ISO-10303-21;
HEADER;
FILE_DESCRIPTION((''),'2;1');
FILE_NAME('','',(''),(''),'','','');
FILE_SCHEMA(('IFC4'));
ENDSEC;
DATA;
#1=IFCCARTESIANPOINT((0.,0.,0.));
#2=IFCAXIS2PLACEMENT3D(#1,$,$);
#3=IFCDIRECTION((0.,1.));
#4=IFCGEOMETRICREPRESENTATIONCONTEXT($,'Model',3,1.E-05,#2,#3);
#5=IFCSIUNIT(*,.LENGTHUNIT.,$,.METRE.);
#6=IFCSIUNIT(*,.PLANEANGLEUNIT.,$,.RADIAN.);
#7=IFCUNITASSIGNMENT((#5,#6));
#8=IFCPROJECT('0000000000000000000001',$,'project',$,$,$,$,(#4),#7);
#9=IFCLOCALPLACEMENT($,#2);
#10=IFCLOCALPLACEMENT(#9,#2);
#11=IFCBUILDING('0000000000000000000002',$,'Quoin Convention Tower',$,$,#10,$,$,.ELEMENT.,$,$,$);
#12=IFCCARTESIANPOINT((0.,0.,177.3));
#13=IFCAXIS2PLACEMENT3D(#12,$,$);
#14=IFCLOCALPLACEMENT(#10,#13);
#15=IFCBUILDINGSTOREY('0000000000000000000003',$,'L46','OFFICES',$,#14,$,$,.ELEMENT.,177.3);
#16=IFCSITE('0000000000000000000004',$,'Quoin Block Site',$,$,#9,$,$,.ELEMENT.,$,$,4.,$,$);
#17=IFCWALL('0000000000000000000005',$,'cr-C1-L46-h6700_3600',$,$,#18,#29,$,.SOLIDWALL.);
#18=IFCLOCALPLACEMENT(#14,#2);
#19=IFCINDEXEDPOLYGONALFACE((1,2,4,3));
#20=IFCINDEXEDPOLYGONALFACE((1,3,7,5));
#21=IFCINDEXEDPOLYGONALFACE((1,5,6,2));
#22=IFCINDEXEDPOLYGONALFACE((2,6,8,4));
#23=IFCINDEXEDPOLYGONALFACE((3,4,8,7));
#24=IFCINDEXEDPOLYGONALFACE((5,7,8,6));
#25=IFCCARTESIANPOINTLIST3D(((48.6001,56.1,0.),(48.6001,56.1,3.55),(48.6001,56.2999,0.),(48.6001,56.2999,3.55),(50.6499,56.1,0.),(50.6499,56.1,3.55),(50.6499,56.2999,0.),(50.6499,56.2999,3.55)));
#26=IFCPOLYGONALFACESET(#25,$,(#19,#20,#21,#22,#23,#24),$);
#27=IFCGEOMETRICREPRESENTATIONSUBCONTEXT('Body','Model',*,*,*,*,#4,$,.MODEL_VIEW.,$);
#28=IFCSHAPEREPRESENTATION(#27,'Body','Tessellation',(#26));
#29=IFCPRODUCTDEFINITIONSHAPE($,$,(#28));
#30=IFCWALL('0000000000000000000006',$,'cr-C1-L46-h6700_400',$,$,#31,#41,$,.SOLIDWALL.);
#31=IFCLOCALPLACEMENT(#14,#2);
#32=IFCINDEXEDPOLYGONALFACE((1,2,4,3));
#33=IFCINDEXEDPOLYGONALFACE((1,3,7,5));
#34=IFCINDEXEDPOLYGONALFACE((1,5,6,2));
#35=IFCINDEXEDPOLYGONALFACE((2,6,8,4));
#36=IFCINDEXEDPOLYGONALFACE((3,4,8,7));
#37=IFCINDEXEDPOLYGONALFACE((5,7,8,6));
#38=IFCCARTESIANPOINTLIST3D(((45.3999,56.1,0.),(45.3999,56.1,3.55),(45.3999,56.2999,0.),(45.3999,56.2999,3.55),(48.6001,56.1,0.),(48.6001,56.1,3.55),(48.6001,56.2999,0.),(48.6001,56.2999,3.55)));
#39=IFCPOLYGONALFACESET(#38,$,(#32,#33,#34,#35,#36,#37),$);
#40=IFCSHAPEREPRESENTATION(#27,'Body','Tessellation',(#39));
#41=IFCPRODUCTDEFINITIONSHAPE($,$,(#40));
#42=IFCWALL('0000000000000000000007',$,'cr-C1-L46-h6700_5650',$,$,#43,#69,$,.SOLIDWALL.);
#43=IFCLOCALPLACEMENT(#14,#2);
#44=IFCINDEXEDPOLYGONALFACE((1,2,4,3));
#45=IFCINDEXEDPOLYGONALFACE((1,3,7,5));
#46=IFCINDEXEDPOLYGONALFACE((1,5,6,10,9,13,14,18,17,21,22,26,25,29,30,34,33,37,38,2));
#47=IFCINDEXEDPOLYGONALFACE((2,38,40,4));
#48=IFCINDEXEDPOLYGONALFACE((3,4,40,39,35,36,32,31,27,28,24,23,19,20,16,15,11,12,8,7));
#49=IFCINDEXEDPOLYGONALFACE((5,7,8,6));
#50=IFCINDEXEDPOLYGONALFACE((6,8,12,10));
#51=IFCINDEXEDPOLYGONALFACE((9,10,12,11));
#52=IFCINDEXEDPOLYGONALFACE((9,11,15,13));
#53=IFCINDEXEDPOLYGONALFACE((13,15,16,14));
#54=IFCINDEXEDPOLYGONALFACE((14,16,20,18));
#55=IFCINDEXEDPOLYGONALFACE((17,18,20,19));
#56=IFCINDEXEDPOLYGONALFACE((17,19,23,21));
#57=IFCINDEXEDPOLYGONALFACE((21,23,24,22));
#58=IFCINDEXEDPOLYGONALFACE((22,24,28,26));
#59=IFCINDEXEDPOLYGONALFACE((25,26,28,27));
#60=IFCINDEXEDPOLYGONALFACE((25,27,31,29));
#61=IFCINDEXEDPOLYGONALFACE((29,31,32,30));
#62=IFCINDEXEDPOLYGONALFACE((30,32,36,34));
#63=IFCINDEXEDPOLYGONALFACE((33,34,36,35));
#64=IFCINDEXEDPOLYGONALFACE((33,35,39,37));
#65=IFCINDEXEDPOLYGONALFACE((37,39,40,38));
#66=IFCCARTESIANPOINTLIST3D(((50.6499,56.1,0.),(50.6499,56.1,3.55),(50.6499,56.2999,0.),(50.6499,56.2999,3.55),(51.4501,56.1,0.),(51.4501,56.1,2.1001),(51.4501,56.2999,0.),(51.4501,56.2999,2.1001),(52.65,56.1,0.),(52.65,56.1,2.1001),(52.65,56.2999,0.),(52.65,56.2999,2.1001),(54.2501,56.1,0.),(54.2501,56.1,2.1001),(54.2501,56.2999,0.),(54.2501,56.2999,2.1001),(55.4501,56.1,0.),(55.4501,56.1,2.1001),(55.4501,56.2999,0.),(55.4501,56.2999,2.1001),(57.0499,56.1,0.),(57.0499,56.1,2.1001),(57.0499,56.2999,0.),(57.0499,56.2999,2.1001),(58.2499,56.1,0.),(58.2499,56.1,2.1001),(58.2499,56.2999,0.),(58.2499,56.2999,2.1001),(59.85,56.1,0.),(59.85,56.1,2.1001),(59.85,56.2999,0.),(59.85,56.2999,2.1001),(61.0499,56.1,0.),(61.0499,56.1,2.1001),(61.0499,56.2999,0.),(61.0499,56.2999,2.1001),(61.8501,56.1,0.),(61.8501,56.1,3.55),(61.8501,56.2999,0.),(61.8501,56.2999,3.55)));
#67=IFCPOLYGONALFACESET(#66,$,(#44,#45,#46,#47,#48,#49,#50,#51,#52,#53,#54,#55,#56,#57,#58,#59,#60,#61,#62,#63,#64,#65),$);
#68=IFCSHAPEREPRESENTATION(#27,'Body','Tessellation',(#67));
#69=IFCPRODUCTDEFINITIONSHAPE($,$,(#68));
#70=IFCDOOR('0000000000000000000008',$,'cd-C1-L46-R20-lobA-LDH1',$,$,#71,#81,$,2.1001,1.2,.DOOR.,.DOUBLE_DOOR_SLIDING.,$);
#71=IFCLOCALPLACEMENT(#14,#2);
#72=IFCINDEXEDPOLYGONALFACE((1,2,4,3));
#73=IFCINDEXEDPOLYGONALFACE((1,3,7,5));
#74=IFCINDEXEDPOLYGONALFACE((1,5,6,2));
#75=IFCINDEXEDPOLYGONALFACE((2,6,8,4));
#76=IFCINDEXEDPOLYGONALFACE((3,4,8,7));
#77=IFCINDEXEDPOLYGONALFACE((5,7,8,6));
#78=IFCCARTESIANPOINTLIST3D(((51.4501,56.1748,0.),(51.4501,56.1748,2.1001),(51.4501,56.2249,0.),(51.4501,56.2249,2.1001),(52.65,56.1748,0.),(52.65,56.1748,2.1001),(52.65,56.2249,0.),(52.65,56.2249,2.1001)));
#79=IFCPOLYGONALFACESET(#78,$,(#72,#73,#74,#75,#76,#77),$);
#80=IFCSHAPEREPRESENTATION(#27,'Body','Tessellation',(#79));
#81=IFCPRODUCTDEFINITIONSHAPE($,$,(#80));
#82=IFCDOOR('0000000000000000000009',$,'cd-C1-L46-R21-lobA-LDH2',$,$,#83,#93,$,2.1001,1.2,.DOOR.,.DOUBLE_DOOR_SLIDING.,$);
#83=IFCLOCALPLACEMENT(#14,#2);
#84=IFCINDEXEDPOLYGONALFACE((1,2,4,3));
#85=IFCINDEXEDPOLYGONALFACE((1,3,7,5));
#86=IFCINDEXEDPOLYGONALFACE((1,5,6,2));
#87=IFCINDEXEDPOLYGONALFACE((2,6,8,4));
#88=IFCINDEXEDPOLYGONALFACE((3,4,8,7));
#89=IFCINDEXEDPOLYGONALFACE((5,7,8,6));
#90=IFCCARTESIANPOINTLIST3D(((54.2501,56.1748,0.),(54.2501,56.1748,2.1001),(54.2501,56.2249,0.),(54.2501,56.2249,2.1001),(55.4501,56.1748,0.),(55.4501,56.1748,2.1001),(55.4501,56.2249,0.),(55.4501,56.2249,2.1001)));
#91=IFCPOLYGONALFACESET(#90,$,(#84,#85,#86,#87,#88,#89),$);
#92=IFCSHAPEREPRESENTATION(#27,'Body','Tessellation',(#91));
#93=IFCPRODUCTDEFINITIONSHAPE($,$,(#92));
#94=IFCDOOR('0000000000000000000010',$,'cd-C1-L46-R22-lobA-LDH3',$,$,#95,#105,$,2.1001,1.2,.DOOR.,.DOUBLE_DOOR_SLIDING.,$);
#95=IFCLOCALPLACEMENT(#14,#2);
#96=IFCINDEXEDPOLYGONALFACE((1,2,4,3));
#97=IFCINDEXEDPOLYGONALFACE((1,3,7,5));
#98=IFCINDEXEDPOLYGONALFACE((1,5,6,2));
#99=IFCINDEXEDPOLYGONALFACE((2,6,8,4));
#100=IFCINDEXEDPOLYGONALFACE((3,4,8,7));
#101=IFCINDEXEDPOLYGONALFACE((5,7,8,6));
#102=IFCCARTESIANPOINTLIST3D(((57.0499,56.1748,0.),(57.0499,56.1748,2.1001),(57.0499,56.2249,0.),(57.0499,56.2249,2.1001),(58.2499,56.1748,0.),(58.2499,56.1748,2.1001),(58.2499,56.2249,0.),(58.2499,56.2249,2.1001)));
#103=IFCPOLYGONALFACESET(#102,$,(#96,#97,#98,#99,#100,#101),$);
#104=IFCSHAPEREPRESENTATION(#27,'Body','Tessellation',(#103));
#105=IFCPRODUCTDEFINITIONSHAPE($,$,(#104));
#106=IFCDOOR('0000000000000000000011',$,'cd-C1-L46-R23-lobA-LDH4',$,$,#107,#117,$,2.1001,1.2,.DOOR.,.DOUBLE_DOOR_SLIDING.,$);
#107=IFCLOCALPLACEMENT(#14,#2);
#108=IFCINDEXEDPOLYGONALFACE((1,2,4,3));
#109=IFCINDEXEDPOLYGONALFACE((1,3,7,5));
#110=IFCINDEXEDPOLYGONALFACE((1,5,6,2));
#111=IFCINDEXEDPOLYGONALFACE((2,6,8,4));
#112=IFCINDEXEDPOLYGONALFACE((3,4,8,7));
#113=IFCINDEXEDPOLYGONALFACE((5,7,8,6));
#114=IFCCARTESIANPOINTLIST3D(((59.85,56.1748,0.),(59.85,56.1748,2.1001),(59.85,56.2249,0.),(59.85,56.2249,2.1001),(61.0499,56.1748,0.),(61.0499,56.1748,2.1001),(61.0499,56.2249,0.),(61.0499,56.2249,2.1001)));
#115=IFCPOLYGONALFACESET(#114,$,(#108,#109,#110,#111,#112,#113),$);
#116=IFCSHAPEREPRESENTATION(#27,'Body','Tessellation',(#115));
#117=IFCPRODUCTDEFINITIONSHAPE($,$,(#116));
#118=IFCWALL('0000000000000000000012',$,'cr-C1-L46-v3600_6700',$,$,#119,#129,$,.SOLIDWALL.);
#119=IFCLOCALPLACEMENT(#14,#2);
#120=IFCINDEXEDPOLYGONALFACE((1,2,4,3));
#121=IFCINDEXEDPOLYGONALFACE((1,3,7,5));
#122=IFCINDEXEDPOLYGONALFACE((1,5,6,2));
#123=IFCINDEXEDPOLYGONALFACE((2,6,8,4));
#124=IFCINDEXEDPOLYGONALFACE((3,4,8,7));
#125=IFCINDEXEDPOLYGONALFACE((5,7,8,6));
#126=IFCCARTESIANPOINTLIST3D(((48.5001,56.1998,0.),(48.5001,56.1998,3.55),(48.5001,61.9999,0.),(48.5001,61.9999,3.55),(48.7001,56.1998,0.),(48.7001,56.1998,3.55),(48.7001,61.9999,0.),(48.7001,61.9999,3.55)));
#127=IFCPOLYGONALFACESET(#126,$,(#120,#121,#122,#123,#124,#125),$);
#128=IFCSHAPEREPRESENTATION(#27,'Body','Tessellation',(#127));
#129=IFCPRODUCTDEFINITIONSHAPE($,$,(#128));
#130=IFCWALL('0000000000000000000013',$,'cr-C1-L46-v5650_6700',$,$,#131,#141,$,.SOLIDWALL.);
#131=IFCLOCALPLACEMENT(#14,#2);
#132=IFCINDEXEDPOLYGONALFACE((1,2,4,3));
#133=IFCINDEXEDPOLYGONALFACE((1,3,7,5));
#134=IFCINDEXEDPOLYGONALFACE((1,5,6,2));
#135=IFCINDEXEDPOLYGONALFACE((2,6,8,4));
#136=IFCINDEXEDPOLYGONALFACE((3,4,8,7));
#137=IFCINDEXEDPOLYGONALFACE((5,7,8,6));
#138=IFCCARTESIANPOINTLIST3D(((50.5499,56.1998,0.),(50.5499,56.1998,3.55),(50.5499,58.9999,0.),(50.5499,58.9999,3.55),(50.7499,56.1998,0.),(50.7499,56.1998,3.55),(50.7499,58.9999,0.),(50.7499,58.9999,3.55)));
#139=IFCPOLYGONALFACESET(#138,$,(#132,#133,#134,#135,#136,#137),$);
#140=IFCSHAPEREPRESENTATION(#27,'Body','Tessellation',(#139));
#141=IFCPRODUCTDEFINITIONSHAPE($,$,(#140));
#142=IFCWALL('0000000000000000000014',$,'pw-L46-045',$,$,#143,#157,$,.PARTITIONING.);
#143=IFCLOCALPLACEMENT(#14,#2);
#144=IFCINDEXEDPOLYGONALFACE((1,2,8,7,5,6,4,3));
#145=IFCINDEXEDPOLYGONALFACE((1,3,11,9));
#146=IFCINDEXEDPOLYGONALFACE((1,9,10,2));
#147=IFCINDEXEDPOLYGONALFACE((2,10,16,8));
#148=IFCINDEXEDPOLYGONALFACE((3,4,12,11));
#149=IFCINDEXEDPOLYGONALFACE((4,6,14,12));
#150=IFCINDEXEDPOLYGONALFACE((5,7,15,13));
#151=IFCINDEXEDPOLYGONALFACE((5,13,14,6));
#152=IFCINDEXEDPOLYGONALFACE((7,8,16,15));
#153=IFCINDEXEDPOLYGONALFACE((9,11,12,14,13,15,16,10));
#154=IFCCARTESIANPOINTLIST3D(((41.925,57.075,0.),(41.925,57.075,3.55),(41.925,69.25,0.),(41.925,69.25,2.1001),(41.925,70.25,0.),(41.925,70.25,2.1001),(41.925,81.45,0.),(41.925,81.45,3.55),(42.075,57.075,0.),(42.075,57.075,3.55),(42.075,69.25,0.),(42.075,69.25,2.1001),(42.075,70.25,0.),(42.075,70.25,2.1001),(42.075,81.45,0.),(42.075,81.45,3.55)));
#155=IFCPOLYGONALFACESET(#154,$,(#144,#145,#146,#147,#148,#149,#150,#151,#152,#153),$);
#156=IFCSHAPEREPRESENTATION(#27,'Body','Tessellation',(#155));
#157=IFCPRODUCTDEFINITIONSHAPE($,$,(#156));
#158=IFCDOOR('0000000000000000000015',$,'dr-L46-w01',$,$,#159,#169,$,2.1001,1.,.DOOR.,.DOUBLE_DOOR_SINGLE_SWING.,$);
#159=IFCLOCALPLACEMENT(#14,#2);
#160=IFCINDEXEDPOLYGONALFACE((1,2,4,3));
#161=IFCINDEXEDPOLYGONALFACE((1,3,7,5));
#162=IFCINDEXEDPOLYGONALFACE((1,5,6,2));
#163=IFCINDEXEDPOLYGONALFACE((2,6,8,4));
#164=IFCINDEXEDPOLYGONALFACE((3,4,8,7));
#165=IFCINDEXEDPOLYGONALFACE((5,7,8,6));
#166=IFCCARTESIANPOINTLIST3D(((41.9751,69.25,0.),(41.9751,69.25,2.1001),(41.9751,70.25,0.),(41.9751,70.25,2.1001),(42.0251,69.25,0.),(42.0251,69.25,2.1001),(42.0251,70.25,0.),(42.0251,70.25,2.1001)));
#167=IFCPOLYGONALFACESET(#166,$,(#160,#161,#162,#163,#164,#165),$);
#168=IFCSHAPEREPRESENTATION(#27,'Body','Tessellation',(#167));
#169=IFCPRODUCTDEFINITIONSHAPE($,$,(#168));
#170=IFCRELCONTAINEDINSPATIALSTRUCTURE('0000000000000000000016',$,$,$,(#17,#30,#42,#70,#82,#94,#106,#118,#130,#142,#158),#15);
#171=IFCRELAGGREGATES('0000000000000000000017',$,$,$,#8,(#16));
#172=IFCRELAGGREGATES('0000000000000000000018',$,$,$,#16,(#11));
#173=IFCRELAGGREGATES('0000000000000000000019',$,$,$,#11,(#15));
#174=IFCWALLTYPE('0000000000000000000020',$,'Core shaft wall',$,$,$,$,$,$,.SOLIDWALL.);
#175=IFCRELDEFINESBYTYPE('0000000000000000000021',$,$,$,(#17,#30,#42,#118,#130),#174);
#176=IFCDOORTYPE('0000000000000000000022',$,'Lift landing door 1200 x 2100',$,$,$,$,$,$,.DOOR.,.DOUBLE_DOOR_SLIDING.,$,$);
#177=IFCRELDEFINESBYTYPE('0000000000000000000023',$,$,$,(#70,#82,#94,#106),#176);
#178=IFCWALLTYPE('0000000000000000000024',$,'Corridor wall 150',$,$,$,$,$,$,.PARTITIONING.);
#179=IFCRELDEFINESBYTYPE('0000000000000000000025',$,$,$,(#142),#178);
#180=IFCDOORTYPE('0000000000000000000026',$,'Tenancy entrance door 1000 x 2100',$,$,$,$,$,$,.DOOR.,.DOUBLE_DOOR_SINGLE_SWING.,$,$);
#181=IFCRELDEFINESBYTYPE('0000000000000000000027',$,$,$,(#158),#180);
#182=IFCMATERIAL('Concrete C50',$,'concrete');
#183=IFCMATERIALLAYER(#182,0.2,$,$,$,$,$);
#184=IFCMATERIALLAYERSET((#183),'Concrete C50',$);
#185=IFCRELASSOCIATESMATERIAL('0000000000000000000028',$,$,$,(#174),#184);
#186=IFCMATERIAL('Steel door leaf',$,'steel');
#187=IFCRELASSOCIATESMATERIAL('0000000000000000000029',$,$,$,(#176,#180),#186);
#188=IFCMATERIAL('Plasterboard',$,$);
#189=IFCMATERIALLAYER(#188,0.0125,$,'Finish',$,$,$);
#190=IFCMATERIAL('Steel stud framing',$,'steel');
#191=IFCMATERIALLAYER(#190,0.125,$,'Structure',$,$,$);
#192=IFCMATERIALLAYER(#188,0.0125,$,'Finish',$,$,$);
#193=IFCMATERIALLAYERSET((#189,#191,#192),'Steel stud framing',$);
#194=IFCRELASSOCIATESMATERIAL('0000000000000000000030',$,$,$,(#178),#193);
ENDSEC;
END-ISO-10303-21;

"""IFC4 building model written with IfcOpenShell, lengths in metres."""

from ifc_helpers import new_model, si_unit, direction, frame, frame_2d, origin, place, context, subcontext, project, spatial, rectangle, extrude, material, layer, layer_set, type_object, element, fill, save


model = new_model("IFC4")

# Units and contexts
model_context = context("Model", 3, precision=1e-05, world=origin(), true_north=direction((0.0, 1.0)))
body_context = subcontext(model_context, "Body", "Model", "MODEL_VIEW")
ifc_project = project(units=[si_unit("LENGTHUNIT", "METRE"), si_unit("PLANEANGLEUNIT", "RADIAN")], contexts=[model_context])

# Site, building, storey
site_placement = place(None, origin())
site = spatial("IfcSite", under=ifc_project, at=site_placement, Name="Quoin Block Site", CompositionType="ELEMENT", RefElevation=4.0)
building_placement = place(site_placement, origin())
building = spatial("IfcBuilding", under=site, at=building_placement, Name="Quoin Convention Tower", CompositionType="ELEMENT")
storey_placement = place(building_placement, frame((0.0, 0.0, 177.3)))
storey = spatial("IfcBuildingStorey", under=building, at=storey_placement, Name="L46", Description="OFFICES", CompositionType="ELEMENT", Elevation=177.3)

# Walls
ifc_material_1 = material(Name="Concrete C50", Category="concrete")
ifc_layer_1 = layer(ifc_material_1, 0.2)
ifc_layer_set_1 = layer_set([ifc_layer_1], Name="Concrete C50")
wall_type_1 = type_object("IfcWallType", Name="Core shaft wall", PredefinedType="SOLIDWALL", material=ifc_layer_set_1)
wall_1_placement = place(storey_placement, frame((48.6001, 56.2, 0.0), z_axis=(0.0, 0.0, 1.0), x_axis=(1.0, 0.0, 0.0)))
element("IfcWall", 1, at=wall_1_placement, inside=storey, type_object=wall_type_1, Name="cr-C1-L46-h6700_3600", PredefinedType="SOLIDWALL", context=body_context, shape_type="SweptSolid", body=[
    extrude(rectangle(XDim=2.0498, YDim=0.2, at=frame_2d((1.0249, 0.0))), origin(), (0.0, 0.0, 1.0), 3.55),
])
wall_2_placement = place(storey_placement, frame((45.3999, 56.2, 0.0), z_axis=(0.0, 0.0, 1.0), x_axis=(1.0, 0.0, 0.0)))
element("IfcWall", 2, at=wall_2_placement, inside=storey, type_object=wall_type_1, Name="cr-C1-L46-h6700_400", PredefinedType="SOLIDWALL", context=body_context, shape_type="SweptSolid", body=[
    extrude(rectangle(XDim=3.2002, YDim=0.2, at=frame_2d((1.6001, 0.0))), origin(), (0.0, 0.0, 1.0), 3.55),
])

# Wall, openings, doors
wall_3_placement = place(storey_placement, frame((50.6499, 56.2, 0.0), z_axis=(0.0, 0.0, 1.0), x_axis=(1.0, 0.0, 0.0)))
wall_3 = element("IfcWall", 3, at=wall_3_placement, inside=storey, type_object=wall_type_1, Name="cr-C1-L46-h6700_5650", PredefinedType="SOLIDWALL", context=body_context, shape_type="SweptSolid", body=[
    extrude(rectangle(XDim=11.2002, YDim=0.2, at=frame_2d((5.6001, 0.0))), origin(), (0.0, 0.0, 1.0), 3.55),
])
opening_1_placement = place(wall_3_placement, frame((0.8, 0.0, 0.0)))
opening_1 = element("IfcOpeningElement", 4, at=opening_1_placement, cuts=wall_3, PredefinedType="OPENING", context=body_context, shape_type="SweptSolid", body=[
    extrude(rectangle(XDim=1.2, YDim=2.1001, at=frame_2d((0.6001, 1.05))), frame((0.0, 0.1099, 0.0), z_axis=(0.0, -1.0, 0.0), x_axis=(1.0, 0.0, 0.0)), (0.0, 0.0, 1.0), 0.22),
])
opening_2_placement = place(wall_3_placement, frame((3.6001, 0.0, 0.0)))
opening_2 = element("IfcOpeningElement", 5, at=opening_2_placement, cuts=wall_3, PredefinedType="OPENING", context=body_context, shape_type="SweptSolid", body=[
    extrude(rectangle(XDim=1.2, YDim=2.1001, at=frame_2d((0.6001, 1.05))), frame((0.0, 0.1099, 0.0), z_axis=(0.0, -1.0, 0.0), x_axis=(1.0, 0.0, 0.0)), (0.0, 0.0, 1.0), 0.22),
])
opening_3_placement = place(wall_3_placement, frame((6.3999, 0.0, 0.0)))
opening_3 = element("IfcOpeningElement", 6, at=opening_3_placement, cuts=wall_3, PredefinedType="OPENING", context=body_context, shape_type="SweptSolid", body=[
    extrude(rectangle(XDim=1.2, YDim=2.1001, at=frame_2d((0.6001, 1.05))), frame((0.0, 0.1099, 0.0), z_axis=(0.0, -1.0, 0.0), x_axis=(1.0, 0.0, 0.0)), (0.0, 0.0, 1.0), 0.22),
])
opening_4_placement = place(wall_3_placement, frame((9.2, 0.0, 0.0)))
opening_4 = element("IfcOpeningElement", 7, at=opening_4_placement, cuts=wall_3, PredefinedType="OPENING", context=body_context, shape_type="SweptSolid", body=[
    extrude(rectangle(XDim=1.2, YDim=2.1001, at=frame_2d((0.6001, 1.05))), frame((0.0, 0.1099, 0.0), z_axis=(0.0, -1.0, 0.0), x_axis=(1.0, 0.0, 0.0)), (0.0, 0.0, 1.0), 0.22),
])
ifc_material_2 = material(Name="Steel door leaf", Category="steel")
door_type_1 = type_object("IfcDoorType", Name="Lift landing door 1200 x 2100", OperationType="DOUBLE_DOOR_SLIDING", PredefinedType="DOOR", material=ifc_material_2)
door_1_placement = place(opening_1_placement, origin())
door_1 = element("IfcDoor", 8, at=door_1_placement, inside=storey, type_object=door_type_1, Name="cd-C1-L46-R20-lobA-LDH1", OperationType="DOUBLE_DOOR_SLIDING", OverallHeight=2.1001, OverallWidth=1.2, PredefinedType="DOOR", context=body_context, shape_type="SweptSolid", body=[
    extrude(rectangle(XDim=1.2, YDim=2.1001, at=frame_2d((0.6001, 1.05))), frame((0.0, 0.0249, 0.0), z_axis=(0.0, -1.0, 0.0), x_axis=(1.0, 0.0, 0.0)), (0.0, 0.0, 1.0), 0.05),
])
fill(opening_1, door_1)
door_2_placement = place(opening_2_placement, origin())
door_2 = element("IfcDoor", 9, at=door_2_placement, inside=storey, type_object=door_type_1, Name="cd-C1-L46-R21-lobA-LDH2", OperationType="DOUBLE_DOOR_SLIDING", OverallHeight=2.1001, OverallWidth=1.2, PredefinedType="DOOR", context=body_context, shape_type="SweptSolid", body=[
    extrude(rectangle(XDim=1.2, YDim=2.1001, at=frame_2d((0.6001, 1.05))), frame((0.0, 0.0249, 0.0), z_axis=(0.0, -1.0, 0.0), x_axis=(1.0, 0.0, 0.0)), (0.0, 0.0, 1.0), 0.05),
])
fill(opening_2, door_2)
door_3_placement = place(opening_3_placement, origin())
door_3 = element("IfcDoor", 10, at=door_3_placement, inside=storey, type_object=door_type_1, Name="cd-C1-L46-R22-lobA-LDH3", OperationType="DOUBLE_DOOR_SLIDING", OverallHeight=2.1001, OverallWidth=1.2, PredefinedType="DOOR", context=body_context, shape_type="SweptSolid", body=[
    extrude(rectangle(XDim=1.2, YDim=2.1001, at=frame_2d((0.6001, 1.05))), frame((0.0, 0.0249, 0.0), z_axis=(0.0, -1.0, 0.0), x_axis=(1.0, 0.0, 0.0)), (0.0, 0.0, 1.0), 0.05),
])
fill(opening_3, door_3)
door_4_placement = place(opening_4_placement, origin())
door_4 = element("IfcDoor", 11, at=door_4_placement, inside=storey, type_object=door_type_1, Name="cd-C1-L46-R23-lobA-LDH4", OperationType="DOUBLE_DOOR_SLIDING", OverallHeight=2.1001, OverallWidth=1.2, PredefinedType="DOOR", context=body_context, shape_type="SweptSolid", body=[
    extrude(rectangle(XDim=1.2, YDim=2.1001, at=frame_2d((0.6001, 1.05))), frame((0.0, 0.0249, 0.0), z_axis=(0.0, -1.0, 0.0), x_axis=(1.0, 0.0, 0.0)), (0.0, 0.0, 1.0), 0.05),
])
fill(opening_4, door_4)

# Walls
wall_4_placement = place(storey_placement, frame((48.6001, 56.2, 0.0), z_axis=(0.0, 0.0, 1.0), x_axis=(0.0, 1.0, 0.0)))
element("IfcWall", 12, at=wall_4_placement, inside=storey, type_object=wall_type_1, Name="cr-C1-L46-v3600_6700", PredefinedType="SOLIDWALL", context=body_context, shape_type="SweptSolid", body=[
    extrude(rectangle(XDim=5.8, YDim=0.2, at=frame_2d((2.8999, 0.0))), origin(), (0.0, 0.0, 1.0), 3.55),
])
wall_5_placement = place(storey_placement, frame((50.6499, 56.2, 0.0), z_axis=(0.0, 0.0, 1.0), x_axis=(0.0, 1.0, 0.0)))
element("IfcWall", 13, at=wall_5_placement, inside=storey, type_object=wall_type_1, Name="cr-C1-L46-v5650_6700", PredefinedType="SOLIDWALL", context=body_context, shape_type="SweptSolid", body=[
    extrude(rectangle(XDim=2.8, YDim=0.2, at=frame_2d((1.3999, 0.0))), origin(), (0.0, 0.0, 1.0), 3.55),
])

# Wall, opening, door
ifc_material_3 = material(Name="Plasterboard")
ifc_layer_2 = layer(ifc_material_3, 0.0125, Name="Finish")
ifc_material_4 = material(Name="Steel stud framing", Category="steel")
ifc_layer_3 = layer(ifc_material_4, 0.125, Name="Structure")
ifc_layer_4 = layer(ifc_material_3, 0.0125, Name="Finish")
ifc_layer_set_2 = layer_set([ifc_layer_2, ifc_layer_3, ifc_layer_4], Name="Steel stud framing")
wall_type_2 = type_object("IfcWallType", Name="Corridor wall 150", PredefinedType="PARTITIONING", material=ifc_layer_set_2)
wall_6_placement = place(storey_placement, frame((42.0, 57.075, 0.0), z_axis=(0.0, 0.0, 1.0), x_axis=(0.0, 1.0, 0.0)))
wall_6 = element("IfcWall", 14, at=wall_6_placement, inside=storey, type_object=wall_type_2, Name="pw-L46-045", PredefinedType="PARTITIONING", context=body_context, shape_type="SweptSolid", body=[
    extrude(rectangle(XDim=24.375, YDim=0.1499, at=frame_2d((12.1875, 0.0))), origin(), (0.0, 0.0, 1.0), 3.55),
])
opening_5_placement = place(wall_6_placement, frame((12.175, 0.0, 0.0)))
opening_5 = element("IfcOpeningElement", 15, at=opening_5_placement, cuts=wall_6, PredefinedType="OPENING", context=body_context, shape_type="SweptSolid", body=[
    extrude(rectangle(XDim=1.0, YDim=2.1001, at=frame_2d((0.5, 1.05))), frame((0.0, 0.085, 0.0), z_axis=(0.0, -1.0, 0.0), x_axis=(1.0, 0.0, 0.0)), (0.0, 0.0, 1.0), 0.1699),
])
door_type_2 = type_object("IfcDoorType", Name="Tenancy entrance door 1000 x 2100", OperationType="DOUBLE_DOOR_SINGLE_SWING", PredefinedType="DOOR", material=ifc_material_2)
door_5_placement = place(opening_5_placement, origin())
door_5 = element("IfcDoor", 16, at=door_5_placement, inside=storey, type_object=door_type_2, Name="dr-L46-w01", OperationType="DOUBLE_DOOR_SINGLE_SWING", OverallHeight=2.1001, OverallWidth=1.0, PredefinedType="DOOR", context=body_context, shape_type="SweptSolid", body=[
    extrude(rectangle(XDim=1.0, YDim=2.1001, at=frame_2d((0.5, 1.05))), frame((0.0, 0.0249, 0.0), z_axis=(0.0, -1.0, 0.0), x_axis=(1.0, 0.0, 0.0)), (0.0, 0.0, 1.0), 0.05),
])
fill(opening_5, door_5)

save(model, "model.ifc")
